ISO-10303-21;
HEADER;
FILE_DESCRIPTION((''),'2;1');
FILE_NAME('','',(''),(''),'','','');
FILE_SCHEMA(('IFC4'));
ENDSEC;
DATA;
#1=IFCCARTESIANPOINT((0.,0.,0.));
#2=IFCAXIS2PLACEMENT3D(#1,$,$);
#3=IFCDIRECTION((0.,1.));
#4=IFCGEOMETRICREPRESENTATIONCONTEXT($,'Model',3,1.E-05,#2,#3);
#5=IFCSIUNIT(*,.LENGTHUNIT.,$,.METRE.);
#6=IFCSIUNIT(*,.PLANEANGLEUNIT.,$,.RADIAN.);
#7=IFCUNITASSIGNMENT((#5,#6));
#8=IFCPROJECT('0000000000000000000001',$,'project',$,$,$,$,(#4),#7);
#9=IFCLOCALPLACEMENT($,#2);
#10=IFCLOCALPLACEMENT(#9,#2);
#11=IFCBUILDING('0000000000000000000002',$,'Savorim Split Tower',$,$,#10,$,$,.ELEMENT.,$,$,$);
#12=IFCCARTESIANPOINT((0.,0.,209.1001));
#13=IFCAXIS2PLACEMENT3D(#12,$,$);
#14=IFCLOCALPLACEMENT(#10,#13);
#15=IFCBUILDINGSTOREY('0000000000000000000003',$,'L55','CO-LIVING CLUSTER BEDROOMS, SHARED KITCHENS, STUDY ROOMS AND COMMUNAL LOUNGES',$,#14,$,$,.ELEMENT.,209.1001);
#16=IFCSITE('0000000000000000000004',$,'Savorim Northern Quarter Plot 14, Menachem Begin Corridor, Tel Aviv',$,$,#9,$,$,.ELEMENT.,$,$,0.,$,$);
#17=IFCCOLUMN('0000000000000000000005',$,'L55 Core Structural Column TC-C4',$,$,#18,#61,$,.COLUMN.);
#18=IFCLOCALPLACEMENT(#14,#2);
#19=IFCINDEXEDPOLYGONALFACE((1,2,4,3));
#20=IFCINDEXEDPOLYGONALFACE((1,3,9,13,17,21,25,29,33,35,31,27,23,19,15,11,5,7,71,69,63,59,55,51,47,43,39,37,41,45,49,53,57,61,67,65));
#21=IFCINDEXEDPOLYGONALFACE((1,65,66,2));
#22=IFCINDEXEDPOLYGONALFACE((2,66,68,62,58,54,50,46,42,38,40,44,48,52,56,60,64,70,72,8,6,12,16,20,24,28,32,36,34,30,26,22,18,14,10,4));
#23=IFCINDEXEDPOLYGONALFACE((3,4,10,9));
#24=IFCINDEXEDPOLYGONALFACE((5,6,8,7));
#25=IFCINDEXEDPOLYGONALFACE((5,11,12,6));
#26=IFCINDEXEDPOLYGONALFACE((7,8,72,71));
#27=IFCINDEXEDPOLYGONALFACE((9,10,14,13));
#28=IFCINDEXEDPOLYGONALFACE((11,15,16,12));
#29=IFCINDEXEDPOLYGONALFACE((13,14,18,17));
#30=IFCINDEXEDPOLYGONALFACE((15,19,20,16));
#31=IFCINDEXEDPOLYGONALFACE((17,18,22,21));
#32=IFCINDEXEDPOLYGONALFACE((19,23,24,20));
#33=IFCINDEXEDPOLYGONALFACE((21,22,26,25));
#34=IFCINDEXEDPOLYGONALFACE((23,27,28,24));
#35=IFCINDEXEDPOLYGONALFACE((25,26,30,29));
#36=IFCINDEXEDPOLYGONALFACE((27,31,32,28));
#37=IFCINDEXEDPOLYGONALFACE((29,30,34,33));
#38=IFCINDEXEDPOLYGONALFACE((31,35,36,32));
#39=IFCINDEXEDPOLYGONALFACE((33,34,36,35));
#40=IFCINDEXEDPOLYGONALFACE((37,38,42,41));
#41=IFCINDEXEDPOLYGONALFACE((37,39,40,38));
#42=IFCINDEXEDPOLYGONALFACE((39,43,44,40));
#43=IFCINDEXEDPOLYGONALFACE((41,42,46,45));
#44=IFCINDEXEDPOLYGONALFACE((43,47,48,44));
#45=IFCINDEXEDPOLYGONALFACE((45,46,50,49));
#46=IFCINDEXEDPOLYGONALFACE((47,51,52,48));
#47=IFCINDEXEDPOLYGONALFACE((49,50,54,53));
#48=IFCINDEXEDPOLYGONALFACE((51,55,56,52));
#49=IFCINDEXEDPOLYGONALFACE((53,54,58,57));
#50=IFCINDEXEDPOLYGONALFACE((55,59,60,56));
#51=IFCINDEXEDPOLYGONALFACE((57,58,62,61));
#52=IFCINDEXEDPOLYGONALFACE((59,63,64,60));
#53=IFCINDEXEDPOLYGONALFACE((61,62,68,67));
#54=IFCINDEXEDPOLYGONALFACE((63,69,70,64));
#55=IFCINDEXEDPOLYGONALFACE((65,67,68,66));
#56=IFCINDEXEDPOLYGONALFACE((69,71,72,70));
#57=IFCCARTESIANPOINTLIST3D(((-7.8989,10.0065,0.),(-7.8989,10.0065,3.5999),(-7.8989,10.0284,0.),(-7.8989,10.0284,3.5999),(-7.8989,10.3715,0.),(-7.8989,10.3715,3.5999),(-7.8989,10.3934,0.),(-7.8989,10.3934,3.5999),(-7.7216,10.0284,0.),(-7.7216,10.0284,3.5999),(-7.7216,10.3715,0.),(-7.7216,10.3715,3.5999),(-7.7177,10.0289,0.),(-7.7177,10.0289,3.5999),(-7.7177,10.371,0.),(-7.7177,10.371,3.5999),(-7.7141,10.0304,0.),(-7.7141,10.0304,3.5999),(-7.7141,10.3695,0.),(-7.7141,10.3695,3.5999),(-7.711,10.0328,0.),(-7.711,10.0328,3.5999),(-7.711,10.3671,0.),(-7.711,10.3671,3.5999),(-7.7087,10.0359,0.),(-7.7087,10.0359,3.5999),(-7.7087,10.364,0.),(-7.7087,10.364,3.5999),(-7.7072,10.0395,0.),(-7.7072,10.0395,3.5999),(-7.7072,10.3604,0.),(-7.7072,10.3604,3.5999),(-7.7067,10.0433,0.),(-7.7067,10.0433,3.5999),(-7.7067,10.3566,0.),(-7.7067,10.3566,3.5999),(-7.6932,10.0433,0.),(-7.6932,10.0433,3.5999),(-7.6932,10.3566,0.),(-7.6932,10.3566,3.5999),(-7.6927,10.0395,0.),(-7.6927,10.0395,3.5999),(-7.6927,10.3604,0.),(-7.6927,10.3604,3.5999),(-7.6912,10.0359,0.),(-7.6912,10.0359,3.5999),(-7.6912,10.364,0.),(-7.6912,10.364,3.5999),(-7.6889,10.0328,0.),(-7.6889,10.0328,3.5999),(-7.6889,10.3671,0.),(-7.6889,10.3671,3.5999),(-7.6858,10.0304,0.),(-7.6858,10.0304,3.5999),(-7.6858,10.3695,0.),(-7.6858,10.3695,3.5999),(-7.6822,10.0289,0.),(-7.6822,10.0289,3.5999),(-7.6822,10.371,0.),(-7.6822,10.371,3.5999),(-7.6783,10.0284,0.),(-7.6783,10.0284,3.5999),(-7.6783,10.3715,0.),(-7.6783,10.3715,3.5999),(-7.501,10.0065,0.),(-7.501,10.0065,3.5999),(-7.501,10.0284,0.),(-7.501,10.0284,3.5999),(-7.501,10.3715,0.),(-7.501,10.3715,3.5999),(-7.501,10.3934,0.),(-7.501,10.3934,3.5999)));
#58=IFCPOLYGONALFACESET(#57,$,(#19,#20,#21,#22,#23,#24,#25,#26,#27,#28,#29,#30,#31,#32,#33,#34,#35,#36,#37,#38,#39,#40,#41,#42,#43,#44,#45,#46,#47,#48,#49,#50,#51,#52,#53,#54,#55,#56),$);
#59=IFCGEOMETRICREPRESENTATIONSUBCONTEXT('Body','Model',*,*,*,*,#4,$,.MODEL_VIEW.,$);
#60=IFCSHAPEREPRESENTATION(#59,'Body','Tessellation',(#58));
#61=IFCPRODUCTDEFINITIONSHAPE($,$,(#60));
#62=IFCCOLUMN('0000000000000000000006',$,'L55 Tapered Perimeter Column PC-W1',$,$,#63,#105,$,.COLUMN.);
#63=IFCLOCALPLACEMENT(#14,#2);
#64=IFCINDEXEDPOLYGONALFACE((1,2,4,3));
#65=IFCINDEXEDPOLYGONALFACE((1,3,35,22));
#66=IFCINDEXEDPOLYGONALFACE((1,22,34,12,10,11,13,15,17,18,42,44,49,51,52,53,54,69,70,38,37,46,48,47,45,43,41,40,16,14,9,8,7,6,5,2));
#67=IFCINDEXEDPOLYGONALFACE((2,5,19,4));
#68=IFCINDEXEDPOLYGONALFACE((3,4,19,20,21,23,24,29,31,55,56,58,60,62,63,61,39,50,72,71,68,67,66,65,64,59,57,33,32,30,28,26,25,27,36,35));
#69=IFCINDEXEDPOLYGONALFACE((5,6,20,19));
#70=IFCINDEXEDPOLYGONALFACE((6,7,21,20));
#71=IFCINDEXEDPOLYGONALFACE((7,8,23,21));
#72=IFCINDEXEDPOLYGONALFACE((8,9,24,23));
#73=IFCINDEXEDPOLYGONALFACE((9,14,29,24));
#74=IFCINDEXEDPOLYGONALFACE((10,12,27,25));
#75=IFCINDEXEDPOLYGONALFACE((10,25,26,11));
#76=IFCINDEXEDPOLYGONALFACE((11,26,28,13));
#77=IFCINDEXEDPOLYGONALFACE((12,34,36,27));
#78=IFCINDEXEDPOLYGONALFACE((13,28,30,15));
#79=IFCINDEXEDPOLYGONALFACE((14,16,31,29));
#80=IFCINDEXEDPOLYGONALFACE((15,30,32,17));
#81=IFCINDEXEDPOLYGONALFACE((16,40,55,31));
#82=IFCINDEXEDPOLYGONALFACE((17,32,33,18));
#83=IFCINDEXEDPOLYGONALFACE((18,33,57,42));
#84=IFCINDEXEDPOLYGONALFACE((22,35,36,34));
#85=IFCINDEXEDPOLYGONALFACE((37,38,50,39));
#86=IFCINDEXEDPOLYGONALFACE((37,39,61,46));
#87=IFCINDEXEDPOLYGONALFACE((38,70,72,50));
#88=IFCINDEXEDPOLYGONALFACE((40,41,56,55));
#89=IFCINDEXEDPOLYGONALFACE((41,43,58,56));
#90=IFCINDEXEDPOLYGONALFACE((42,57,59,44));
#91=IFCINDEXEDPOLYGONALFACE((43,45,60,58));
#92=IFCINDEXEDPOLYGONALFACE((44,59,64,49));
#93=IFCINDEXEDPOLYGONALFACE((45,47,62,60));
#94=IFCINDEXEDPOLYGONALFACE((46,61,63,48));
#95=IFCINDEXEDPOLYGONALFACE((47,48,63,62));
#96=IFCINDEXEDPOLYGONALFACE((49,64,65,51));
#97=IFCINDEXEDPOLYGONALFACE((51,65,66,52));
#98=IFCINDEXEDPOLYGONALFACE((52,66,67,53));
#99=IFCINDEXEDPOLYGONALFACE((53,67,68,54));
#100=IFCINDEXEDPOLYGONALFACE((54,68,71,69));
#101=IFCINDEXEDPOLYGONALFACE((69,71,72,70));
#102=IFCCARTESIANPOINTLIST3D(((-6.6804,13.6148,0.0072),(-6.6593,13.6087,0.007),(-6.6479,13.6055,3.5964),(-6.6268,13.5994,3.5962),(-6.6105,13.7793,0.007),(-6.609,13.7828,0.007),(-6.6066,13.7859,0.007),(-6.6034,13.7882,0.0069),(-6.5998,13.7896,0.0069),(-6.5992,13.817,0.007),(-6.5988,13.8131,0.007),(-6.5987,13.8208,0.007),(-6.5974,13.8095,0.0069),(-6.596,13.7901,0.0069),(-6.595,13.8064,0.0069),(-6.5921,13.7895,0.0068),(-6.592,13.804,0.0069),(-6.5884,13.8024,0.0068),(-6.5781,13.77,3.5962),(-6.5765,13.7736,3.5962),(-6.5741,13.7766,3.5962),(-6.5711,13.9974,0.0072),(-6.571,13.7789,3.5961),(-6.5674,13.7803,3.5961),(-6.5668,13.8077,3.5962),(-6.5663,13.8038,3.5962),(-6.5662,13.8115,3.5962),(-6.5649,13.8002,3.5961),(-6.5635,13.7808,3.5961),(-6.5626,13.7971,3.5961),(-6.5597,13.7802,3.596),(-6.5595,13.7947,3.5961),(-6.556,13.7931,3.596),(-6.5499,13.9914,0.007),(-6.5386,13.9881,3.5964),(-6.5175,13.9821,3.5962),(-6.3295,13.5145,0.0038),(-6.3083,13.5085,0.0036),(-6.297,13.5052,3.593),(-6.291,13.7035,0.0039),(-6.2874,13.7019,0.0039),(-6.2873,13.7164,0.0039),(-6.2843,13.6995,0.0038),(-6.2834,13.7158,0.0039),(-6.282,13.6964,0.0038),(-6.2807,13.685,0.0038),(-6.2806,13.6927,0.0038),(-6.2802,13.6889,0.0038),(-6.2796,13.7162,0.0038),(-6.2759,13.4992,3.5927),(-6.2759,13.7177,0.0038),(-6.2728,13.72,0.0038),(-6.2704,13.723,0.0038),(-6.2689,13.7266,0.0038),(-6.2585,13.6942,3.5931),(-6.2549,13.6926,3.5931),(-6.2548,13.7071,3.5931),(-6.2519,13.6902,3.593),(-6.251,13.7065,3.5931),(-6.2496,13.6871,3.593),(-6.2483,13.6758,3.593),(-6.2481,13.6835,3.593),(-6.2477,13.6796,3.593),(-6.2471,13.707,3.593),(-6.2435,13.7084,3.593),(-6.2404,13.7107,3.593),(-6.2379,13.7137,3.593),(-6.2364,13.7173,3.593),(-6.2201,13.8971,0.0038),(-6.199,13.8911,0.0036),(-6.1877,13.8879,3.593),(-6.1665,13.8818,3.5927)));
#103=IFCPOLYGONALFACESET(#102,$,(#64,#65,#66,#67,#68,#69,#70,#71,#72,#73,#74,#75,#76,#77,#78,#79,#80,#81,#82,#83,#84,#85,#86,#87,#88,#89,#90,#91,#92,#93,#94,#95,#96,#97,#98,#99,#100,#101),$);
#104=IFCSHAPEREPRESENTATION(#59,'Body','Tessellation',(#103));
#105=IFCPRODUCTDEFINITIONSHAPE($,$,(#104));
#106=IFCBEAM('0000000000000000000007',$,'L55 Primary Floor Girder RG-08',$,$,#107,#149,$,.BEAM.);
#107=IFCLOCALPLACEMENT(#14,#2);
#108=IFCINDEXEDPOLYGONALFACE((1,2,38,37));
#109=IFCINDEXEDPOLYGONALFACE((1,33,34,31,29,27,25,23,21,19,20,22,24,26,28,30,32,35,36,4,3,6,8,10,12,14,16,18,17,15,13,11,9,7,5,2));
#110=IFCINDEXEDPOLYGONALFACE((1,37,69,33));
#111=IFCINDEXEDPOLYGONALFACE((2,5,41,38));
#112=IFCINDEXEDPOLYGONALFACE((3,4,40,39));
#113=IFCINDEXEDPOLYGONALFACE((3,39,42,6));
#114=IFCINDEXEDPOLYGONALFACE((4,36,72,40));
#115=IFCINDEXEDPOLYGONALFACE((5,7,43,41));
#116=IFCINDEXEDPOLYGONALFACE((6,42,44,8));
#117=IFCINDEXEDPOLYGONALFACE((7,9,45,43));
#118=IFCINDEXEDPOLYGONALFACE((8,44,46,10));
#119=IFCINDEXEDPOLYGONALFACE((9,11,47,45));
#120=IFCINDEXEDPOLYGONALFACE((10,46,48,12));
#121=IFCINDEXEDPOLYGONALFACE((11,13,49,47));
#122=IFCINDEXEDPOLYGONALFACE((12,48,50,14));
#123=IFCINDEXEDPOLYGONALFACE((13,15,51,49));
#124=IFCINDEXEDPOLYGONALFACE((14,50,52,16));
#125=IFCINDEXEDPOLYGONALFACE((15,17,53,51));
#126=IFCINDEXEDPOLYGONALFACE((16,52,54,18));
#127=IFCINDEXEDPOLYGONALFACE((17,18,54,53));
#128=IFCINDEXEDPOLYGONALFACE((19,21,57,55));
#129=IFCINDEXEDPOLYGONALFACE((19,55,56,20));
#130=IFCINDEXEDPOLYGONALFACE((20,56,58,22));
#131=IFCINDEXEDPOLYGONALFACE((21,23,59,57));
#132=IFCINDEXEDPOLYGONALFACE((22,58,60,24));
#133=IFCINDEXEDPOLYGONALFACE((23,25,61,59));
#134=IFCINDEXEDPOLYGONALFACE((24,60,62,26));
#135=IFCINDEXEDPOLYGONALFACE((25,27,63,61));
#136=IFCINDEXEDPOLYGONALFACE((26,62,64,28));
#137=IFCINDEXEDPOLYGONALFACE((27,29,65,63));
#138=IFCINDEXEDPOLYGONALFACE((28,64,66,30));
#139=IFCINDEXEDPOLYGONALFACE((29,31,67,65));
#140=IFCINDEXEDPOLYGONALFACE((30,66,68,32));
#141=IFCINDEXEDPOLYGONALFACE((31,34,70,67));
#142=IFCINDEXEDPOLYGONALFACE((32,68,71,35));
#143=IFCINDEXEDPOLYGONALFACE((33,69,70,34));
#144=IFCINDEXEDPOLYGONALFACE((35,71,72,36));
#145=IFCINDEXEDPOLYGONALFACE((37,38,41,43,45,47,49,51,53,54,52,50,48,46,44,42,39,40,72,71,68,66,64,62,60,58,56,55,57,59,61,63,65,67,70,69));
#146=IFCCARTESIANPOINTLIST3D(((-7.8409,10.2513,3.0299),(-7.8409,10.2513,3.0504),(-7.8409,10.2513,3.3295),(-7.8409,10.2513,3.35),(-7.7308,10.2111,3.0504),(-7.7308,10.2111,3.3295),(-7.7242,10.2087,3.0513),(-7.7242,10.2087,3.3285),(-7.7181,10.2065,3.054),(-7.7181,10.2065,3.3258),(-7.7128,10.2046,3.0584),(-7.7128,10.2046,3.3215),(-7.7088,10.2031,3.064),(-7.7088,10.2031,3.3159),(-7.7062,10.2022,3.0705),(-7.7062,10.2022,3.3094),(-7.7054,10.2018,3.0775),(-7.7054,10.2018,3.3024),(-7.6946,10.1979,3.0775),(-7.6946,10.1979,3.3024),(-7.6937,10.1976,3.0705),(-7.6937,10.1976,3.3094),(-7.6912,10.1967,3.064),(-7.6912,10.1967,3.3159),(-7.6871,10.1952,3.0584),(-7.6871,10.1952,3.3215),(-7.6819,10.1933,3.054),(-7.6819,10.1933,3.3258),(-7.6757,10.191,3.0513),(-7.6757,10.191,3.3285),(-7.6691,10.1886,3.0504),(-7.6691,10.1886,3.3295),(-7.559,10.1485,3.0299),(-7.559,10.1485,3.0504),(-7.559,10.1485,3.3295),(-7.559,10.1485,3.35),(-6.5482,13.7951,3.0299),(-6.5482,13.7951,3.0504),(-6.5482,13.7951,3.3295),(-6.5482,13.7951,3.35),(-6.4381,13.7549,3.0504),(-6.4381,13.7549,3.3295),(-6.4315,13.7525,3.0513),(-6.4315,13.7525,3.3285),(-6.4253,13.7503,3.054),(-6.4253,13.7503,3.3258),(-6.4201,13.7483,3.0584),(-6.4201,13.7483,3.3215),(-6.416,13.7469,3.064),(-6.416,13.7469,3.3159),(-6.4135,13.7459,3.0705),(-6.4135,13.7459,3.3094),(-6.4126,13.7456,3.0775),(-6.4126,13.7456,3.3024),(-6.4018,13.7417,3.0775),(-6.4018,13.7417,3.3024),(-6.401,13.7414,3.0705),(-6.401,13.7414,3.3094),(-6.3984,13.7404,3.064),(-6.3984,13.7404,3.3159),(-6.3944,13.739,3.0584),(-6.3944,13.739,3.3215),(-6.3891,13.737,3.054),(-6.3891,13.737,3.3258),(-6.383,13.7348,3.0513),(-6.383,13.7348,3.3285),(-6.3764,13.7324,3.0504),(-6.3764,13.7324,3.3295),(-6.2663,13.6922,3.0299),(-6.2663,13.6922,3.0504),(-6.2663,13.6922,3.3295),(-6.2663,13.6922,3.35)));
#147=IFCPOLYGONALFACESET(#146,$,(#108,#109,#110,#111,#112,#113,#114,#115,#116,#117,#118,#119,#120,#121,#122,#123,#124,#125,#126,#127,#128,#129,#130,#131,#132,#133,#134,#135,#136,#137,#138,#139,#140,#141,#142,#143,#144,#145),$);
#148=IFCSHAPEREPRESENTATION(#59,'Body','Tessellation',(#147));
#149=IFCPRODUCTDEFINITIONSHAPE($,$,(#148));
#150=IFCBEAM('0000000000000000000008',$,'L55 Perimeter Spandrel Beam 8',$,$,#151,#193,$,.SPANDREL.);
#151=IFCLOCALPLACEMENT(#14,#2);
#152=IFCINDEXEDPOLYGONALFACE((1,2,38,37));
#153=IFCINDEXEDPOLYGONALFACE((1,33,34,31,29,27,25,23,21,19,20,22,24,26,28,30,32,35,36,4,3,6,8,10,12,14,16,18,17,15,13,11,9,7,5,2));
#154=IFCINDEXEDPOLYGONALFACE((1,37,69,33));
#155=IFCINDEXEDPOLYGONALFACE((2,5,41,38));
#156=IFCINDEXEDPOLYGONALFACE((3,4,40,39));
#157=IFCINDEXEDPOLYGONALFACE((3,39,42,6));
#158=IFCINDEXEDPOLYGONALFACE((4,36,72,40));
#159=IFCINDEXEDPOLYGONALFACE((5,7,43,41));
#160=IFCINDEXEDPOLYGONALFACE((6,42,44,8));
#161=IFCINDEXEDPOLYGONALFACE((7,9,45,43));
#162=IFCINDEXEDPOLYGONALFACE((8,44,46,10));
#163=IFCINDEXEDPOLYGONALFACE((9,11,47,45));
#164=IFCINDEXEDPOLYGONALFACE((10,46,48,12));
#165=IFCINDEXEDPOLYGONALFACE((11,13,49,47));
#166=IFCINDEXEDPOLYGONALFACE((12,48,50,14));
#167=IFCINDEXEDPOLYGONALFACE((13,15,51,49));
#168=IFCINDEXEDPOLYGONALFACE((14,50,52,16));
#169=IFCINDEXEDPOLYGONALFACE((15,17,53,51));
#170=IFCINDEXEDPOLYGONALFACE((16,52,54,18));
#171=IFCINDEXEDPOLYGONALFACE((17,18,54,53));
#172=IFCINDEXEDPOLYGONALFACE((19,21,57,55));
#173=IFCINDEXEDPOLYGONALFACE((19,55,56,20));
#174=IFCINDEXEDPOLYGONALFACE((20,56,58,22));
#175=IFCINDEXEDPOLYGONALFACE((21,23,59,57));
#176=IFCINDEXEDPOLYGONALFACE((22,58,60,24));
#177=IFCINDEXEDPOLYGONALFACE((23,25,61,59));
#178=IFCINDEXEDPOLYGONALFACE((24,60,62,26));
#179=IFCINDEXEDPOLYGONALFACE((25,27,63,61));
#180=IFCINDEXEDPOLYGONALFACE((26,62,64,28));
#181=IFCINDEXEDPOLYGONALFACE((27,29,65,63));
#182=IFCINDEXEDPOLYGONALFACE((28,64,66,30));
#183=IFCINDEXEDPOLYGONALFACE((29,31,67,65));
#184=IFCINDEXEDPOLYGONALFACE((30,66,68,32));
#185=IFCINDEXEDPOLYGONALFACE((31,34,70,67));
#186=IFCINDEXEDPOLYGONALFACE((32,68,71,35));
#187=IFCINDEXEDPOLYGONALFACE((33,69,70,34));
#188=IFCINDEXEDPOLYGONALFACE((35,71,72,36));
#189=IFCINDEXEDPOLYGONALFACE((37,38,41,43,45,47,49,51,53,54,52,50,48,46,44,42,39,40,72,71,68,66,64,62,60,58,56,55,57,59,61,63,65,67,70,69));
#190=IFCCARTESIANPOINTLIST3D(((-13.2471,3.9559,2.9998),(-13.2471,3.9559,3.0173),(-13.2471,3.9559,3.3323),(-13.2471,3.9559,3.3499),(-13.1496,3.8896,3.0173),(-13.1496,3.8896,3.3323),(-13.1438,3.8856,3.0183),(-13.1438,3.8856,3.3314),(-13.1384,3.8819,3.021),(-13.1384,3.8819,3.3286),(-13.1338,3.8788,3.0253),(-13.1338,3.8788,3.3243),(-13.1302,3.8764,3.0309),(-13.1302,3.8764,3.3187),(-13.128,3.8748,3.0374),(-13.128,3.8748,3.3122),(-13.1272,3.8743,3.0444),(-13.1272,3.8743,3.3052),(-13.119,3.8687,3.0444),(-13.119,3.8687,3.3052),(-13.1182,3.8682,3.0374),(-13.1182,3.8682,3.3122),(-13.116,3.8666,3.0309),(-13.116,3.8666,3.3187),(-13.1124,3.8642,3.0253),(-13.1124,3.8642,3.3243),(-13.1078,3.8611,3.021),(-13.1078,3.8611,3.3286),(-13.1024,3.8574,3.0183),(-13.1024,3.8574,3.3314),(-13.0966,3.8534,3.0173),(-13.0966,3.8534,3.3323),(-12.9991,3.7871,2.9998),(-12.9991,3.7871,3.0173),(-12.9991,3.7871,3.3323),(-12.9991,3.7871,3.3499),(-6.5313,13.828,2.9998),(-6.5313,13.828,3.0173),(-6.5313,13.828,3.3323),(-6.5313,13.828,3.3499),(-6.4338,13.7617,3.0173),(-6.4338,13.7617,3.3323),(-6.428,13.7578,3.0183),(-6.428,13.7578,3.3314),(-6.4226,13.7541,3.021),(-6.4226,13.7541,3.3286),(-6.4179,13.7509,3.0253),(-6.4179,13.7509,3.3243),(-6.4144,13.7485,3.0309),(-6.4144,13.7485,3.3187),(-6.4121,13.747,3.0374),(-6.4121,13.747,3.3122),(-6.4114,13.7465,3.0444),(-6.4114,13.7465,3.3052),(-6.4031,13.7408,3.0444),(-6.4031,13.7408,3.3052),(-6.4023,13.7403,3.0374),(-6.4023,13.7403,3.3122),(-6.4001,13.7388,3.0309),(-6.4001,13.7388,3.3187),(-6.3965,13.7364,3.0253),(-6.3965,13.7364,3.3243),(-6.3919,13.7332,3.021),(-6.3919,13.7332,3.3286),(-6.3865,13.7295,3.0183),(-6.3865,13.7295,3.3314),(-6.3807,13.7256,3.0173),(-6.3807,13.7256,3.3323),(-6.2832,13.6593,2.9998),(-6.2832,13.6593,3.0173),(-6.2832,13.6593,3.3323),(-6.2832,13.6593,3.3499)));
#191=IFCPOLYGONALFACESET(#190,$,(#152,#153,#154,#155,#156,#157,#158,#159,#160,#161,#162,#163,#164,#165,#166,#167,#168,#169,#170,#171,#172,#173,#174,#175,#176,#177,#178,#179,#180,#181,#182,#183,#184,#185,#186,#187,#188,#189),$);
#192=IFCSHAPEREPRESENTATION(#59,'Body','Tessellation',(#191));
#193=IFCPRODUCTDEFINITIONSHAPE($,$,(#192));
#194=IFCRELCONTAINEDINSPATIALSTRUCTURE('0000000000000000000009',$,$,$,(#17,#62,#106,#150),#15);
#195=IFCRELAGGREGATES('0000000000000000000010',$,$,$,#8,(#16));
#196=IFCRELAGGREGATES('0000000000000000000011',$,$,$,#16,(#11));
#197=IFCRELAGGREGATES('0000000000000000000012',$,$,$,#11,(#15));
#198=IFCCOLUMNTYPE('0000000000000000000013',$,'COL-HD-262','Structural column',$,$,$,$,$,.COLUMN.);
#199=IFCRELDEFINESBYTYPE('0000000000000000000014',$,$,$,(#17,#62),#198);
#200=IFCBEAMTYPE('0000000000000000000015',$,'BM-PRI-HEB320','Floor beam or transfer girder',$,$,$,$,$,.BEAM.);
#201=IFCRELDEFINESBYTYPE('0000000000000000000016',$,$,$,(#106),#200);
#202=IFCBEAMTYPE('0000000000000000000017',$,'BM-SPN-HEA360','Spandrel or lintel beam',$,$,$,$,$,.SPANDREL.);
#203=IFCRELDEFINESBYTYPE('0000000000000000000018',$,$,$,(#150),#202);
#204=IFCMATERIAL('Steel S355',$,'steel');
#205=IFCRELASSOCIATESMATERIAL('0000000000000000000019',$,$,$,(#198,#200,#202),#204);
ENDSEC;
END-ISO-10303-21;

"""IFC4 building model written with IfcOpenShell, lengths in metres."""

from ifc_helpers import new_model, si_unit, direction, frame, origin, origin_2d, place, context, subcontext, project, spatial, i_section, extrude, material, material_profile, profile_set, type_object, element, save


model = new_model("IFC4")

# Units and contexts
model_context = context("Model", 3, precision=1e-05, world=origin(), true_north=direction((0.0, 1.0)))
body_context = subcontext(model_context, "Body", "Model", "MODEL_VIEW")
ifc_project = project(units=[si_unit("LENGTHUNIT", "METRE"), si_unit("PLANEANGLEUNIT", "RADIAN")], contexts=[model_context])

# Site, building, storey
site_placement = place(None, origin())
site = spatial("IfcSite", under=ifc_project, at=site_placement, Name="Savorim Northern Quarter Plot 14, Menachem Begin Corridor, Tel Aviv", CompositionType="ELEMENT", RefElevation=0.0)
building_placement = place(site_placement, origin())
building = spatial("IfcBuilding", under=site, at=building_placement, Name="Savorim Split Tower", CompositionType="ELEMENT")
storey_placement = place(building_placement, frame((0.0, 0.0, 209.1001)))
storey = spatial("IfcBuildingStorey", under=building, at=storey_placement, Name="L55", Description="CO-LIVING CLUSTER BEDROOMS, SHARED KITCHENS, STUDY ROOMS AND COMMUNAL LOUNGES", CompositionType="ELEMENT", Elevation=209.1001)

# Columns
ifc_material_1 = material(Name="Steel S355", Category="steel")
ifc_material_profile_1 = material_profile(ifc_material_1, i_section(OverallWidth=0.3979, OverallDepth=0.387, WebThickness=0.0134, FlangeThickness=0.022, FilletRadius=0.0149, at=origin_2d()), Name="HD 400x262")
ifc_profile_set_1 = profile_set([ifc_material_profile_1], Name="Steel S355")
column_type = type_object("IfcColumnType", Name="COL-HD-262", Description="Structural column", PredefinedType="COLUMN", material=ifc_profile_set_1)
column_1_placement = place(storey_placement, frame((-7.7, 10.2, 0.0), z_axis=(0.0, 0.0, 1.0), x_axis=(1.0, 0.0, 0.0)))
element("IfcColumn", 1, at=column_1_placement, inside=storey, type_object=column_type, Name="L55 Core Structural Column TC-C4", PredefinedType="COLUMN", context=body_context, shape_type="SweptSolid", body=[
    extrude(i_section(OverallWidth=0.3979, OverallDepth=0.387, WebThickness=0.0134, FlangeThickness=0.022, FilletRadius=0.0149, at=origin_2d()), origin(), (0.0, 0.0, 1.0), 3.5999),
])
column_2_placement = place(storey_placement, frame((-6.4397, 13.7529, 0.0054), z_axis=(0.009047, -0.002585, 0.999956), x_axis=(0.274721, 0.961524, 0.0)))
element("IfcColumn", 2, at=column_2_placement, inside=storey, type_object=column_type, Name="L55 Tapered Perimeter Column PC-W1", PredefinedType="COLUMN", context=body_context, shape_type="SweptSolid", body=[
    extrude(i_section(OverallWidth=0.3979, OverallDepth=0.387, WebThickness=0.0134, FlangeThickness=0.022, FilletRadius=0.0149, at=origin_2d()), origin(), (0.0, 0.0, 1.0), 3.5894),
])

# Beams
ifc_material_profile_2 = material_profile(ifc_material_1, i_section(OverallWidth=0.3, OverallDepth=0.3201, WebThickness=0.0115, FlangeThickness=0.0205, FilletRadius=0.0271, at=origin_2d()), Name="HEB 320")
ifc_profile_set_2 = profile_set([ifc_material_profile_2], Name="Steel S355")
beam_type_1 = type_object("IfcBeamType", Name="BM-PRI-HEB320", Description="Floor beam or transfer girder", PredefinedType="BEAM", material=ifc_profile_set_2)
beam_1_placement = place(storey_placement, frame((-6.4072, 13.7437, 3.1899), z_axis=(-0.342704, -0.939443, 0.0), x_axis=(0.939443, -0.342704, 0.0)))
element("IfcBeam", 3, at=beam_1_placement, inside=storey, type_object=beam_type_1, Name="L55 Primary Floor Girder RG-08", PredefinedType="BEAM", context=body_context, shape_type="SweptSolid", body=[
    extrude(i_section(OverallWidth=0.3, OverallDepth=0.3201, WebThickness=0.0115, FlangeThickness=0.0205, FilletRadius=0.0271, at=origin_2d()), origin(), (0.0, 0.0, 1.0), 3.7722),
])
ifc_material_profile_3 = material_profile(ifc_material_1, i_section(OverallWidth=0.3, OverallDepth=0.3501, WebThickness=0.01, FlangeThickness=0.0176, FilletRadius=0.0271, at=origin_2d()), Name="HEA 360")
ifc_profile_set_3 = profile_set([ifc_material_profile_3], Name="Steel S355")
beam_type_2 = type_object("IfcBeamType", Name="BM-SPN-HEA360", Description="Spandrel or lintel beam", PredefinedType="SPANDREL", material=ifc_profile_set_3)
beam_2_placement = place(storey_placement, frame((-6.4072, 13.7437, 3.1748), z_axis=(-0.562471, -0.826817, 0.0), x_axis=(0.826817, -0.562471, 0.0)))
element("IfcBeam", 4, at=beam_2_placement, inside=storey, type_object=beam_type_2, Name="L55 Perimeter Spandrel Beam 8", PredefinedType="SPANDREL", context=body_context, shape_type="SweptSolid", body=[
    extrude(i_section(OverallWidth=0.3, OverallDepth=0.3501, WebThickness=0.01, FlangeThickness=0.0176, FilletRadius=0.0271, at=origin_2d()), origin(), (0.0, 0.0, 1.0), 11.9399),
])

save(model, "model.ifc")
